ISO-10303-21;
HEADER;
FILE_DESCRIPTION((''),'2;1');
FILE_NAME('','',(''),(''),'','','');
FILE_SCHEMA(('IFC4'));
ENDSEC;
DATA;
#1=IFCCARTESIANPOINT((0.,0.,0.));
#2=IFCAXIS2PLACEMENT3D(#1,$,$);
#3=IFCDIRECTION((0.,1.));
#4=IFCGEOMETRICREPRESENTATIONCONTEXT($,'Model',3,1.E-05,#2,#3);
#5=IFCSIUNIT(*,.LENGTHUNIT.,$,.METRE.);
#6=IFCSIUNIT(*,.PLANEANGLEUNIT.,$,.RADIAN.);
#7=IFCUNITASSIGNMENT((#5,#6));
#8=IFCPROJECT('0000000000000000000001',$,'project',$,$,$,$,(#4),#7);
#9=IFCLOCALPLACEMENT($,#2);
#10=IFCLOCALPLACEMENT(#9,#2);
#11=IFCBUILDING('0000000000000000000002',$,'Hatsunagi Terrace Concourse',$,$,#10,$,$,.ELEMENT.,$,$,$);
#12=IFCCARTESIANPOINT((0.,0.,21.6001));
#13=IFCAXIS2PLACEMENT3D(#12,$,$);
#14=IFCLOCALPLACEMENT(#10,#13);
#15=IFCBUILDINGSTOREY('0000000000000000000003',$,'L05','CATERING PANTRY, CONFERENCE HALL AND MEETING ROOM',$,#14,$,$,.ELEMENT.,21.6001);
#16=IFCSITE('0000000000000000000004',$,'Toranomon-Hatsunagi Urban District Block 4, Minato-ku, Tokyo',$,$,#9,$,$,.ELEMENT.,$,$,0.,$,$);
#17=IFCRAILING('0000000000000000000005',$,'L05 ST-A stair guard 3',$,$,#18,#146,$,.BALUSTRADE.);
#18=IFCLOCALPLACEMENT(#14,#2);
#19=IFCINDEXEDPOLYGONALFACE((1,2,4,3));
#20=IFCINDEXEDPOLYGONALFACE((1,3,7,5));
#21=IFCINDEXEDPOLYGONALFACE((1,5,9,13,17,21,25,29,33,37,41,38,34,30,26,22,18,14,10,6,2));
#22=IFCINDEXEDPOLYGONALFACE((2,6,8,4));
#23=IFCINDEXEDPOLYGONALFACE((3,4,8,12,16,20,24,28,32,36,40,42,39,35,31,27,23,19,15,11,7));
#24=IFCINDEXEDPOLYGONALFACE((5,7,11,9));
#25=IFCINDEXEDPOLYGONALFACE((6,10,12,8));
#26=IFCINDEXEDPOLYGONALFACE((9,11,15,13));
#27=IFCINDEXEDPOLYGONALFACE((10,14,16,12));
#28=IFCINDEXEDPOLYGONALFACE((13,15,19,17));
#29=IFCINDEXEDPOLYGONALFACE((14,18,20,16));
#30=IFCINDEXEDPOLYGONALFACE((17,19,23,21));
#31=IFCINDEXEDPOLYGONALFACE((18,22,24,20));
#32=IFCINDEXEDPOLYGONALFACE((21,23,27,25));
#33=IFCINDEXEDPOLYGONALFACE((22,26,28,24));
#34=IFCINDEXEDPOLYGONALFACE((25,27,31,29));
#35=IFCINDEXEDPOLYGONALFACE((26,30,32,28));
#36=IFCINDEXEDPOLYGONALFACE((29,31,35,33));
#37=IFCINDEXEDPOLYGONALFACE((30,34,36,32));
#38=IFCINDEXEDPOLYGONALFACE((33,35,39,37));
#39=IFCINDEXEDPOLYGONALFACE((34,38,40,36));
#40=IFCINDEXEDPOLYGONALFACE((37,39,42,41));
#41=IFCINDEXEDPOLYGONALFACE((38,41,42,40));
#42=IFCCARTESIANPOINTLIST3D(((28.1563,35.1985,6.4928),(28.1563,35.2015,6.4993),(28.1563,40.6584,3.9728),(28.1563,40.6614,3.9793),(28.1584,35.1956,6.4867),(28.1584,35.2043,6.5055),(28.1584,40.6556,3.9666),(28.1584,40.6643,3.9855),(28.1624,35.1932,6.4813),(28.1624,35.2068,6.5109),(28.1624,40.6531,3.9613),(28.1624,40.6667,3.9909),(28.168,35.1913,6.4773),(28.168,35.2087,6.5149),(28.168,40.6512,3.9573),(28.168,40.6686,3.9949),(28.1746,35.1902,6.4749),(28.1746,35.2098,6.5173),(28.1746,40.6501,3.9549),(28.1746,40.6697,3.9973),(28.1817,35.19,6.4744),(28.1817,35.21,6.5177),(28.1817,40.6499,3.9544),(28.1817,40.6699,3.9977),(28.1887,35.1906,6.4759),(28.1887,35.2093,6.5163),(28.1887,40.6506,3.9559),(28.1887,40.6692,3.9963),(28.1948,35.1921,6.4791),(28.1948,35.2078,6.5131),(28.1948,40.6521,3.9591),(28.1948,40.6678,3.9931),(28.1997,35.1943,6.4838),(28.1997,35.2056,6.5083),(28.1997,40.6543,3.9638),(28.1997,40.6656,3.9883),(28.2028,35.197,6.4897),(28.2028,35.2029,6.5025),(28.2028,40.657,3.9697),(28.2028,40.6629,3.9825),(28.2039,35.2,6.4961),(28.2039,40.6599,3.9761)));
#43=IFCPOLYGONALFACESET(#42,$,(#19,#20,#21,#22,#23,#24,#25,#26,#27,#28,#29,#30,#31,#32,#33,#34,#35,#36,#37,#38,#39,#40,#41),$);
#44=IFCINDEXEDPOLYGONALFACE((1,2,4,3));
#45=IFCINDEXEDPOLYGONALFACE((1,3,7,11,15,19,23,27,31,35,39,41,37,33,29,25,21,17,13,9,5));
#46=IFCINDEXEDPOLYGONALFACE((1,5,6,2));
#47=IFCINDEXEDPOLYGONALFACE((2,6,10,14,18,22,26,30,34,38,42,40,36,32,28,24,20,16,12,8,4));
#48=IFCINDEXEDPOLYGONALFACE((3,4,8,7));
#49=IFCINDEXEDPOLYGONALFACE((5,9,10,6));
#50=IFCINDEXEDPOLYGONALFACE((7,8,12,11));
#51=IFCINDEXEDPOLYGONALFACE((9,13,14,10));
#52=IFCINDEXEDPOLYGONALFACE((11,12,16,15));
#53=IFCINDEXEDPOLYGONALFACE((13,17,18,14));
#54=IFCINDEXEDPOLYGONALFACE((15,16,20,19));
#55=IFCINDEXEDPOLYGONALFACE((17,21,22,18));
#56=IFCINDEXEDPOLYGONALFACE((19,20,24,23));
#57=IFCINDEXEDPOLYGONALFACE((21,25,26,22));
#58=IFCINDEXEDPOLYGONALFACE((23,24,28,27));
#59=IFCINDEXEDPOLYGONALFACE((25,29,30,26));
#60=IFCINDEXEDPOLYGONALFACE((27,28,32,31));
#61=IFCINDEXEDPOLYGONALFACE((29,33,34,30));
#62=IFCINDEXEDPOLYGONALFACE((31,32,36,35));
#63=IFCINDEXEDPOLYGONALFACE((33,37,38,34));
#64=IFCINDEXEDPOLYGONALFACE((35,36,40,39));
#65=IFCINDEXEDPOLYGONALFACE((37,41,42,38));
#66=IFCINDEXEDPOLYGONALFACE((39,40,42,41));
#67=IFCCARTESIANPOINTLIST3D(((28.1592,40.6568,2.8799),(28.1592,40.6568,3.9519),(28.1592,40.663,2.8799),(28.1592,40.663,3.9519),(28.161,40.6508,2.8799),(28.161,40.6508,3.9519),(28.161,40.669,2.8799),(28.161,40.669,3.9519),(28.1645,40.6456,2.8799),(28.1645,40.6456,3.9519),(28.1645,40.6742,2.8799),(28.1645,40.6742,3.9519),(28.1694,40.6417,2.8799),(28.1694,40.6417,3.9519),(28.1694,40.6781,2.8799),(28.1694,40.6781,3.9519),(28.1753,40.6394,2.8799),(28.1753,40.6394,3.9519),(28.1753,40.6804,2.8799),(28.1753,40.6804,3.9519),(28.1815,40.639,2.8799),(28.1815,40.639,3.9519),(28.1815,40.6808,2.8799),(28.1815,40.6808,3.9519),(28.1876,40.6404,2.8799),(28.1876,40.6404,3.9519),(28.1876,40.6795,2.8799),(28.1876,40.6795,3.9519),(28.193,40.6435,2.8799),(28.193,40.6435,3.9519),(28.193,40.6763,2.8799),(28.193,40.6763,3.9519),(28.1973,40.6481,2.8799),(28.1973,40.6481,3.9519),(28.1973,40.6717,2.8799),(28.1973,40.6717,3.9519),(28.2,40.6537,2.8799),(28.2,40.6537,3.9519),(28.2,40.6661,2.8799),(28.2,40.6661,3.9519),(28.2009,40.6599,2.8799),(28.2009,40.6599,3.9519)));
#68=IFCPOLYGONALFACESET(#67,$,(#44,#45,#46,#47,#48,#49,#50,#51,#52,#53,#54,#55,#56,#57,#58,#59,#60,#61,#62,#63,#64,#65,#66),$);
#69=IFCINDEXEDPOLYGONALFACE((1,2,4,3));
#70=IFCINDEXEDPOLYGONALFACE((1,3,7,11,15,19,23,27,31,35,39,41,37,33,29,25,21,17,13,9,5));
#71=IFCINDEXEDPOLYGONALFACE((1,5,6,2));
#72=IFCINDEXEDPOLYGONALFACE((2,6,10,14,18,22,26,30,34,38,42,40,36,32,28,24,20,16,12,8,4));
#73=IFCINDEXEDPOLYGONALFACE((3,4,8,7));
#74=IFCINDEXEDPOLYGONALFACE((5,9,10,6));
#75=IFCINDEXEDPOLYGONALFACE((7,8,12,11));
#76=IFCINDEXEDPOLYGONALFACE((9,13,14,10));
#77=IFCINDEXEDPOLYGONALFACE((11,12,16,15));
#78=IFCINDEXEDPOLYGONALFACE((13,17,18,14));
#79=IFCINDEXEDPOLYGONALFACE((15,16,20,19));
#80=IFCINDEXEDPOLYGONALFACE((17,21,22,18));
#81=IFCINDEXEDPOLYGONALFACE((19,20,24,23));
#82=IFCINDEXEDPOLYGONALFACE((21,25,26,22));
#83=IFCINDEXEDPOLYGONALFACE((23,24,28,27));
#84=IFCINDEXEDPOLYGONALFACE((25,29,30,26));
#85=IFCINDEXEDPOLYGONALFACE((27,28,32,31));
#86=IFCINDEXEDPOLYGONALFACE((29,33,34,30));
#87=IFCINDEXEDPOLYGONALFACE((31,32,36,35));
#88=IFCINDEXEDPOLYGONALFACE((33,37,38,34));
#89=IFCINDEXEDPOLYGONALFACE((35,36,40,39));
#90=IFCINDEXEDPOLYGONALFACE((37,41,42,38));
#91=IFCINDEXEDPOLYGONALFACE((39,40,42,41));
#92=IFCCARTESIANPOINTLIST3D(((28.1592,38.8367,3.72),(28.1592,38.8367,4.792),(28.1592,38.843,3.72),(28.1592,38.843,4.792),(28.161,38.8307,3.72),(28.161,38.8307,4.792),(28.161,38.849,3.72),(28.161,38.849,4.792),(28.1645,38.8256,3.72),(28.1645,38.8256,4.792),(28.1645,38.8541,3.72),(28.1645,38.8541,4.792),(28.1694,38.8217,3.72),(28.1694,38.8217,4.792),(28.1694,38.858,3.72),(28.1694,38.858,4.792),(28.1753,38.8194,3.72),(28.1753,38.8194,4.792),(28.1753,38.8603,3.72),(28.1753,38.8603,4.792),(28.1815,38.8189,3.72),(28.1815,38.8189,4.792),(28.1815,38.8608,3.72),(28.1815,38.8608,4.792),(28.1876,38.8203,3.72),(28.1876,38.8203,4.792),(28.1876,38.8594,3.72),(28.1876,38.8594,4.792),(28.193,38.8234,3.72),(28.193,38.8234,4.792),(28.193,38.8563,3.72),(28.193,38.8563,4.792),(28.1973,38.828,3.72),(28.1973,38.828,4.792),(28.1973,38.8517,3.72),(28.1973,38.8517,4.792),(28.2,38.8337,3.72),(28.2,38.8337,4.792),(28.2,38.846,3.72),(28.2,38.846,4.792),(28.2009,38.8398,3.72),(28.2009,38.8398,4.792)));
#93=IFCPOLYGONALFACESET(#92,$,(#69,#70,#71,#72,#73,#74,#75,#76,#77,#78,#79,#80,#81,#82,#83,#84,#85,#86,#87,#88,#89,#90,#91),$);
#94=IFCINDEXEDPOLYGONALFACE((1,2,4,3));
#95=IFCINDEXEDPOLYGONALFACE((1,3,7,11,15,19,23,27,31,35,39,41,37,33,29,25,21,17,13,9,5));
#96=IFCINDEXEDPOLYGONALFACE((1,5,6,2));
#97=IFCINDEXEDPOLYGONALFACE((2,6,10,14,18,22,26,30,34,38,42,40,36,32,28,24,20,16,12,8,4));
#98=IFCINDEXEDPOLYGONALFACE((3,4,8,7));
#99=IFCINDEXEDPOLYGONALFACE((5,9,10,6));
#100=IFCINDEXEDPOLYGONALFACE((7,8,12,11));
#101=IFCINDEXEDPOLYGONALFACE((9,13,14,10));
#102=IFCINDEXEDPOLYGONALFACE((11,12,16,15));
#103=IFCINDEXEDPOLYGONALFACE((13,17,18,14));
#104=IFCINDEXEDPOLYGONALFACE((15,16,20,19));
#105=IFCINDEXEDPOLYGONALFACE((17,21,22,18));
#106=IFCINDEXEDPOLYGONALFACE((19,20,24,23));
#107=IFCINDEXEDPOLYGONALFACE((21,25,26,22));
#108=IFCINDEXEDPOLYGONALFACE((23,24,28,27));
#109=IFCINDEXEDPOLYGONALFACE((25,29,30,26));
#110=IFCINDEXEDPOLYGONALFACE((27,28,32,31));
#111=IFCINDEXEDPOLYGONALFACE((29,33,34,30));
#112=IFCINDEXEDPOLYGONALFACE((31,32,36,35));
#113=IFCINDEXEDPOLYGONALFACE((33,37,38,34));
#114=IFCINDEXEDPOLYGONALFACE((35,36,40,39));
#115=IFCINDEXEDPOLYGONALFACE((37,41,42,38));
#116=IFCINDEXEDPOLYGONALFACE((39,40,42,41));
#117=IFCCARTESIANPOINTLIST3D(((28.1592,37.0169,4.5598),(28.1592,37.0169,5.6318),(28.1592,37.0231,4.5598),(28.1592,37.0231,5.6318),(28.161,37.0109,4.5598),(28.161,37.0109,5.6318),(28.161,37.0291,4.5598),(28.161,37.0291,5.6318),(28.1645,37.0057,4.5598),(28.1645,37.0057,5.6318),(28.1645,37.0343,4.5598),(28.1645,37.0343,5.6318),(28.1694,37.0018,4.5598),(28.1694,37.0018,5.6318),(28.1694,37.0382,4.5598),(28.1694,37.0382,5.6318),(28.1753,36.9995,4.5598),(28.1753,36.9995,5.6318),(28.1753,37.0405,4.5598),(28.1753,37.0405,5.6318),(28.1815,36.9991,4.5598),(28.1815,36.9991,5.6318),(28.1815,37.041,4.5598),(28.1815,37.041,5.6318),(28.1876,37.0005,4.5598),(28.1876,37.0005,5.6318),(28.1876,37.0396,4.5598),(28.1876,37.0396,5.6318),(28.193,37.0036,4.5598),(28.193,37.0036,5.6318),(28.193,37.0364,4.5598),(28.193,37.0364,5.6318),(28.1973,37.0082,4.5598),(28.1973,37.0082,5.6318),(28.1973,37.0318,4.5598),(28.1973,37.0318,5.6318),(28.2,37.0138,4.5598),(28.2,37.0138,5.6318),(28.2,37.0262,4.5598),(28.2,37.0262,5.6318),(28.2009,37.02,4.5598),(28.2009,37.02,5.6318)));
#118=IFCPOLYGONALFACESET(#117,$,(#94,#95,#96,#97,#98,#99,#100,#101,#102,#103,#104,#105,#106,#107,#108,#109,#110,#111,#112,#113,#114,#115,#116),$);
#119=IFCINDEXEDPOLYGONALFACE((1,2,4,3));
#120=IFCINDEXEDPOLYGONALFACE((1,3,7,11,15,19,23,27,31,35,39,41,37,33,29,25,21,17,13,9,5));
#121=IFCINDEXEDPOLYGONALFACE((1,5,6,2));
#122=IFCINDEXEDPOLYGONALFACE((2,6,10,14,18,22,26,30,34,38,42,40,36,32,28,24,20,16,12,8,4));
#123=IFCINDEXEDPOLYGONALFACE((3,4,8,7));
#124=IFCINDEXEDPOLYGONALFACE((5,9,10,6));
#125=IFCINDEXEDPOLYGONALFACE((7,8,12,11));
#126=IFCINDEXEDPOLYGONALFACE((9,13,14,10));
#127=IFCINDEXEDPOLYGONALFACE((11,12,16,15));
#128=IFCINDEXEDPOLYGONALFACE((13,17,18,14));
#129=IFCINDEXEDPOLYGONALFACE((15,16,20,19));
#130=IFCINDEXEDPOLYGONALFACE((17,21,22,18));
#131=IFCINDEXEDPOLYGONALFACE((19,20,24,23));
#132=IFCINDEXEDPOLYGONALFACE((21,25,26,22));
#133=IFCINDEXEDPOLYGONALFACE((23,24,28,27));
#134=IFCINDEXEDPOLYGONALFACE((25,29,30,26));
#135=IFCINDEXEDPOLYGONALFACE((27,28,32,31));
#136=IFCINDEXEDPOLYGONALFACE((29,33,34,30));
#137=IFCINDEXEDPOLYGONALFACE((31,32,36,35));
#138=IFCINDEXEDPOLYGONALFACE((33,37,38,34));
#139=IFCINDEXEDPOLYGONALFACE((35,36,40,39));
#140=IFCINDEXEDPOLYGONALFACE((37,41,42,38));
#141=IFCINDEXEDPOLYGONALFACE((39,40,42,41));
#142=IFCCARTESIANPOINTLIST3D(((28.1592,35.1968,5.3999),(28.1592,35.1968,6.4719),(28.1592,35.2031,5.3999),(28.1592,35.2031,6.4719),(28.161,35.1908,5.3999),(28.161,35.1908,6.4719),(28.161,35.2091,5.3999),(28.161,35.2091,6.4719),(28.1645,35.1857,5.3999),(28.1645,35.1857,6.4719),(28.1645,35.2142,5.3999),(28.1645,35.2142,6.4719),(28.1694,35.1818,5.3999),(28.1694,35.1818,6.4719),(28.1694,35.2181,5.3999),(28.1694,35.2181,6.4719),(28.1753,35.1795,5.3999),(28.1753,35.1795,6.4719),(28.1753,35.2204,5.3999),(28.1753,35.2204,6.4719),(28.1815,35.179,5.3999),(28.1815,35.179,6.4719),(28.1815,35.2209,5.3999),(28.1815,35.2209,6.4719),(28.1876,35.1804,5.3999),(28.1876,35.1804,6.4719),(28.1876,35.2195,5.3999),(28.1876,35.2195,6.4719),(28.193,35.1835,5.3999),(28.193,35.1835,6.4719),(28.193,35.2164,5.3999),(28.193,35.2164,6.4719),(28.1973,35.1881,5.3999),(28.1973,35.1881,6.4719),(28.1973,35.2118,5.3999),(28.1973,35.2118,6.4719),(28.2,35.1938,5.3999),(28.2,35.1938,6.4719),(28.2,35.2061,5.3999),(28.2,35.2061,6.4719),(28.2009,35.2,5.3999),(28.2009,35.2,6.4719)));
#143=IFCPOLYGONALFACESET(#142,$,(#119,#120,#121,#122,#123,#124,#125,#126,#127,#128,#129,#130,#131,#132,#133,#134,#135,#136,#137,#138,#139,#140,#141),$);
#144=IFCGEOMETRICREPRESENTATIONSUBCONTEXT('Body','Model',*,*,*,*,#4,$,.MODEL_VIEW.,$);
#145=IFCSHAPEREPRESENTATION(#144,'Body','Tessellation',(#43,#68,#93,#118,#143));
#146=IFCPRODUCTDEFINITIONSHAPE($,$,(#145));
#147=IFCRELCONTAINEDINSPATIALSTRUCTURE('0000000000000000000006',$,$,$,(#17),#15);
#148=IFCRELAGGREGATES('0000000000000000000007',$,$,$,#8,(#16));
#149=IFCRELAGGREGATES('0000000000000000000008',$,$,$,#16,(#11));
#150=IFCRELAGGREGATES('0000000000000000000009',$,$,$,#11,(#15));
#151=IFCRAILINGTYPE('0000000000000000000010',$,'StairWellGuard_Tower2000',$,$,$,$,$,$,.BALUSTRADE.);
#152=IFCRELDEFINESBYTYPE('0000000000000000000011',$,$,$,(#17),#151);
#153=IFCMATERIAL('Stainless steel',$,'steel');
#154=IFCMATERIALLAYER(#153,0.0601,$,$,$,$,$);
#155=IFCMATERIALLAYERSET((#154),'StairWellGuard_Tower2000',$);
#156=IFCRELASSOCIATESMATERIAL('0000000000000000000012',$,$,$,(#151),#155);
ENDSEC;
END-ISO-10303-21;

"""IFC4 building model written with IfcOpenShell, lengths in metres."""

from ifc_helpers import new_model, si_unit, direction, frame, origin, origin_2d, place, context, subcontext, project, spatial, circle, extrude, material, layer, layer_set, type_object, element, save


model = new_model("IFC4")

# Units and contexts
model_context = context("Model", 3, precision=1e-05, world=origin(), true_north=direction((0.0, 1.0)))
body_context = subcontext(model_context, "Body", "Model", "MODEL_VIEW")
ifc_project = project(units=[si_unit("LENGTHUNIT", "METRE"), si_unit("PLANEANGLEUNIT", "RADIAN")], contexts=[model_context])

# Site, building, storey
site_placement = place(None, origin())
site = spatial("IfcSite", under=ifc_project, at=site_placement, Name="Toranomon-Hatsunagi Urban District Block 4, Minato-ku, Tokyo", CompositionType="ELEMENT", RefElevation=0.0)
building_placement = place(site_placement, origin())
building = spatial("IfcBuilding", under=site, at=building_placement, Name="Hatsunagi Terrace Concourse", CompositionType="ELEMENT")
storey_placement = place(building_placement, frame((0.0, 0.0, 21.6001)))
storey = spatial("IfcBuildingStorey", under=building, at=storey_placement, Name="L05", Description="CATERING PANTRY, CONFERENCE HALL AND MEETING ROOM", CompositionType="ELEMENT", Elevation=21.6001)

# Railing
ifc_material_1 = material(Name="Stainless steel", Category="steel")
ifc_layer_1 = layer(ifc_material_1, 0.0601)
ifc_layer_set_1 = layer_set([ifc_layer_1], Name="StairWellGuard_Tower2000")
railing_type_1 = type_object("IfcRailingType", Name="StairWellGuard_Tower2000", PredefinedType="BALUSTRADE", material=ifc_layer_set_1)
railing_1_placement = place(storey_placement, frame((28.1799, 40.6599, 2.8799)))
element("IfcRailing", 1, at=railing_1_placement, inside=storey, type_object=railing_type_1, Name="L05 ST-A stair guard 3", PredefinedType="BALUSTRADE", context=body_context, shape_type="SweptSolid", body=[
    extrude(circle(Radius=0.0239, at=origin_2d()), frame((0.0, 0.0, 1.0962), z_axis=(0.0, -0.907957, 0.419063), x_axis=(1.0, 0.0, 0.0)), (0.0, 0.0, 1.0), 6.0134),
    extrude(circle(Radius=0.021, at=origin_2d()), origin(), (0.0, 0.0, 1.0), 1.072),
    extrude(circle(Radius=0.021, at=origin_2d()), frame((0.0, -1.8201, 0.8401)), (0.0, 0.0, 1.0), 1.072),
    extrude(circle(Radius=0.021, at=origin_2d()), frame((0.0, -3.6399, 1.6799)), (0.0, 0.0, 1.0), 1.072),
    extrude(circle(Radius=0.021, at=origin_2d()), frame((0.0, -5.46, 2.52)), (0.0, 0.0, 1.0), 1.072),
])

save(model, "model.ifc")
